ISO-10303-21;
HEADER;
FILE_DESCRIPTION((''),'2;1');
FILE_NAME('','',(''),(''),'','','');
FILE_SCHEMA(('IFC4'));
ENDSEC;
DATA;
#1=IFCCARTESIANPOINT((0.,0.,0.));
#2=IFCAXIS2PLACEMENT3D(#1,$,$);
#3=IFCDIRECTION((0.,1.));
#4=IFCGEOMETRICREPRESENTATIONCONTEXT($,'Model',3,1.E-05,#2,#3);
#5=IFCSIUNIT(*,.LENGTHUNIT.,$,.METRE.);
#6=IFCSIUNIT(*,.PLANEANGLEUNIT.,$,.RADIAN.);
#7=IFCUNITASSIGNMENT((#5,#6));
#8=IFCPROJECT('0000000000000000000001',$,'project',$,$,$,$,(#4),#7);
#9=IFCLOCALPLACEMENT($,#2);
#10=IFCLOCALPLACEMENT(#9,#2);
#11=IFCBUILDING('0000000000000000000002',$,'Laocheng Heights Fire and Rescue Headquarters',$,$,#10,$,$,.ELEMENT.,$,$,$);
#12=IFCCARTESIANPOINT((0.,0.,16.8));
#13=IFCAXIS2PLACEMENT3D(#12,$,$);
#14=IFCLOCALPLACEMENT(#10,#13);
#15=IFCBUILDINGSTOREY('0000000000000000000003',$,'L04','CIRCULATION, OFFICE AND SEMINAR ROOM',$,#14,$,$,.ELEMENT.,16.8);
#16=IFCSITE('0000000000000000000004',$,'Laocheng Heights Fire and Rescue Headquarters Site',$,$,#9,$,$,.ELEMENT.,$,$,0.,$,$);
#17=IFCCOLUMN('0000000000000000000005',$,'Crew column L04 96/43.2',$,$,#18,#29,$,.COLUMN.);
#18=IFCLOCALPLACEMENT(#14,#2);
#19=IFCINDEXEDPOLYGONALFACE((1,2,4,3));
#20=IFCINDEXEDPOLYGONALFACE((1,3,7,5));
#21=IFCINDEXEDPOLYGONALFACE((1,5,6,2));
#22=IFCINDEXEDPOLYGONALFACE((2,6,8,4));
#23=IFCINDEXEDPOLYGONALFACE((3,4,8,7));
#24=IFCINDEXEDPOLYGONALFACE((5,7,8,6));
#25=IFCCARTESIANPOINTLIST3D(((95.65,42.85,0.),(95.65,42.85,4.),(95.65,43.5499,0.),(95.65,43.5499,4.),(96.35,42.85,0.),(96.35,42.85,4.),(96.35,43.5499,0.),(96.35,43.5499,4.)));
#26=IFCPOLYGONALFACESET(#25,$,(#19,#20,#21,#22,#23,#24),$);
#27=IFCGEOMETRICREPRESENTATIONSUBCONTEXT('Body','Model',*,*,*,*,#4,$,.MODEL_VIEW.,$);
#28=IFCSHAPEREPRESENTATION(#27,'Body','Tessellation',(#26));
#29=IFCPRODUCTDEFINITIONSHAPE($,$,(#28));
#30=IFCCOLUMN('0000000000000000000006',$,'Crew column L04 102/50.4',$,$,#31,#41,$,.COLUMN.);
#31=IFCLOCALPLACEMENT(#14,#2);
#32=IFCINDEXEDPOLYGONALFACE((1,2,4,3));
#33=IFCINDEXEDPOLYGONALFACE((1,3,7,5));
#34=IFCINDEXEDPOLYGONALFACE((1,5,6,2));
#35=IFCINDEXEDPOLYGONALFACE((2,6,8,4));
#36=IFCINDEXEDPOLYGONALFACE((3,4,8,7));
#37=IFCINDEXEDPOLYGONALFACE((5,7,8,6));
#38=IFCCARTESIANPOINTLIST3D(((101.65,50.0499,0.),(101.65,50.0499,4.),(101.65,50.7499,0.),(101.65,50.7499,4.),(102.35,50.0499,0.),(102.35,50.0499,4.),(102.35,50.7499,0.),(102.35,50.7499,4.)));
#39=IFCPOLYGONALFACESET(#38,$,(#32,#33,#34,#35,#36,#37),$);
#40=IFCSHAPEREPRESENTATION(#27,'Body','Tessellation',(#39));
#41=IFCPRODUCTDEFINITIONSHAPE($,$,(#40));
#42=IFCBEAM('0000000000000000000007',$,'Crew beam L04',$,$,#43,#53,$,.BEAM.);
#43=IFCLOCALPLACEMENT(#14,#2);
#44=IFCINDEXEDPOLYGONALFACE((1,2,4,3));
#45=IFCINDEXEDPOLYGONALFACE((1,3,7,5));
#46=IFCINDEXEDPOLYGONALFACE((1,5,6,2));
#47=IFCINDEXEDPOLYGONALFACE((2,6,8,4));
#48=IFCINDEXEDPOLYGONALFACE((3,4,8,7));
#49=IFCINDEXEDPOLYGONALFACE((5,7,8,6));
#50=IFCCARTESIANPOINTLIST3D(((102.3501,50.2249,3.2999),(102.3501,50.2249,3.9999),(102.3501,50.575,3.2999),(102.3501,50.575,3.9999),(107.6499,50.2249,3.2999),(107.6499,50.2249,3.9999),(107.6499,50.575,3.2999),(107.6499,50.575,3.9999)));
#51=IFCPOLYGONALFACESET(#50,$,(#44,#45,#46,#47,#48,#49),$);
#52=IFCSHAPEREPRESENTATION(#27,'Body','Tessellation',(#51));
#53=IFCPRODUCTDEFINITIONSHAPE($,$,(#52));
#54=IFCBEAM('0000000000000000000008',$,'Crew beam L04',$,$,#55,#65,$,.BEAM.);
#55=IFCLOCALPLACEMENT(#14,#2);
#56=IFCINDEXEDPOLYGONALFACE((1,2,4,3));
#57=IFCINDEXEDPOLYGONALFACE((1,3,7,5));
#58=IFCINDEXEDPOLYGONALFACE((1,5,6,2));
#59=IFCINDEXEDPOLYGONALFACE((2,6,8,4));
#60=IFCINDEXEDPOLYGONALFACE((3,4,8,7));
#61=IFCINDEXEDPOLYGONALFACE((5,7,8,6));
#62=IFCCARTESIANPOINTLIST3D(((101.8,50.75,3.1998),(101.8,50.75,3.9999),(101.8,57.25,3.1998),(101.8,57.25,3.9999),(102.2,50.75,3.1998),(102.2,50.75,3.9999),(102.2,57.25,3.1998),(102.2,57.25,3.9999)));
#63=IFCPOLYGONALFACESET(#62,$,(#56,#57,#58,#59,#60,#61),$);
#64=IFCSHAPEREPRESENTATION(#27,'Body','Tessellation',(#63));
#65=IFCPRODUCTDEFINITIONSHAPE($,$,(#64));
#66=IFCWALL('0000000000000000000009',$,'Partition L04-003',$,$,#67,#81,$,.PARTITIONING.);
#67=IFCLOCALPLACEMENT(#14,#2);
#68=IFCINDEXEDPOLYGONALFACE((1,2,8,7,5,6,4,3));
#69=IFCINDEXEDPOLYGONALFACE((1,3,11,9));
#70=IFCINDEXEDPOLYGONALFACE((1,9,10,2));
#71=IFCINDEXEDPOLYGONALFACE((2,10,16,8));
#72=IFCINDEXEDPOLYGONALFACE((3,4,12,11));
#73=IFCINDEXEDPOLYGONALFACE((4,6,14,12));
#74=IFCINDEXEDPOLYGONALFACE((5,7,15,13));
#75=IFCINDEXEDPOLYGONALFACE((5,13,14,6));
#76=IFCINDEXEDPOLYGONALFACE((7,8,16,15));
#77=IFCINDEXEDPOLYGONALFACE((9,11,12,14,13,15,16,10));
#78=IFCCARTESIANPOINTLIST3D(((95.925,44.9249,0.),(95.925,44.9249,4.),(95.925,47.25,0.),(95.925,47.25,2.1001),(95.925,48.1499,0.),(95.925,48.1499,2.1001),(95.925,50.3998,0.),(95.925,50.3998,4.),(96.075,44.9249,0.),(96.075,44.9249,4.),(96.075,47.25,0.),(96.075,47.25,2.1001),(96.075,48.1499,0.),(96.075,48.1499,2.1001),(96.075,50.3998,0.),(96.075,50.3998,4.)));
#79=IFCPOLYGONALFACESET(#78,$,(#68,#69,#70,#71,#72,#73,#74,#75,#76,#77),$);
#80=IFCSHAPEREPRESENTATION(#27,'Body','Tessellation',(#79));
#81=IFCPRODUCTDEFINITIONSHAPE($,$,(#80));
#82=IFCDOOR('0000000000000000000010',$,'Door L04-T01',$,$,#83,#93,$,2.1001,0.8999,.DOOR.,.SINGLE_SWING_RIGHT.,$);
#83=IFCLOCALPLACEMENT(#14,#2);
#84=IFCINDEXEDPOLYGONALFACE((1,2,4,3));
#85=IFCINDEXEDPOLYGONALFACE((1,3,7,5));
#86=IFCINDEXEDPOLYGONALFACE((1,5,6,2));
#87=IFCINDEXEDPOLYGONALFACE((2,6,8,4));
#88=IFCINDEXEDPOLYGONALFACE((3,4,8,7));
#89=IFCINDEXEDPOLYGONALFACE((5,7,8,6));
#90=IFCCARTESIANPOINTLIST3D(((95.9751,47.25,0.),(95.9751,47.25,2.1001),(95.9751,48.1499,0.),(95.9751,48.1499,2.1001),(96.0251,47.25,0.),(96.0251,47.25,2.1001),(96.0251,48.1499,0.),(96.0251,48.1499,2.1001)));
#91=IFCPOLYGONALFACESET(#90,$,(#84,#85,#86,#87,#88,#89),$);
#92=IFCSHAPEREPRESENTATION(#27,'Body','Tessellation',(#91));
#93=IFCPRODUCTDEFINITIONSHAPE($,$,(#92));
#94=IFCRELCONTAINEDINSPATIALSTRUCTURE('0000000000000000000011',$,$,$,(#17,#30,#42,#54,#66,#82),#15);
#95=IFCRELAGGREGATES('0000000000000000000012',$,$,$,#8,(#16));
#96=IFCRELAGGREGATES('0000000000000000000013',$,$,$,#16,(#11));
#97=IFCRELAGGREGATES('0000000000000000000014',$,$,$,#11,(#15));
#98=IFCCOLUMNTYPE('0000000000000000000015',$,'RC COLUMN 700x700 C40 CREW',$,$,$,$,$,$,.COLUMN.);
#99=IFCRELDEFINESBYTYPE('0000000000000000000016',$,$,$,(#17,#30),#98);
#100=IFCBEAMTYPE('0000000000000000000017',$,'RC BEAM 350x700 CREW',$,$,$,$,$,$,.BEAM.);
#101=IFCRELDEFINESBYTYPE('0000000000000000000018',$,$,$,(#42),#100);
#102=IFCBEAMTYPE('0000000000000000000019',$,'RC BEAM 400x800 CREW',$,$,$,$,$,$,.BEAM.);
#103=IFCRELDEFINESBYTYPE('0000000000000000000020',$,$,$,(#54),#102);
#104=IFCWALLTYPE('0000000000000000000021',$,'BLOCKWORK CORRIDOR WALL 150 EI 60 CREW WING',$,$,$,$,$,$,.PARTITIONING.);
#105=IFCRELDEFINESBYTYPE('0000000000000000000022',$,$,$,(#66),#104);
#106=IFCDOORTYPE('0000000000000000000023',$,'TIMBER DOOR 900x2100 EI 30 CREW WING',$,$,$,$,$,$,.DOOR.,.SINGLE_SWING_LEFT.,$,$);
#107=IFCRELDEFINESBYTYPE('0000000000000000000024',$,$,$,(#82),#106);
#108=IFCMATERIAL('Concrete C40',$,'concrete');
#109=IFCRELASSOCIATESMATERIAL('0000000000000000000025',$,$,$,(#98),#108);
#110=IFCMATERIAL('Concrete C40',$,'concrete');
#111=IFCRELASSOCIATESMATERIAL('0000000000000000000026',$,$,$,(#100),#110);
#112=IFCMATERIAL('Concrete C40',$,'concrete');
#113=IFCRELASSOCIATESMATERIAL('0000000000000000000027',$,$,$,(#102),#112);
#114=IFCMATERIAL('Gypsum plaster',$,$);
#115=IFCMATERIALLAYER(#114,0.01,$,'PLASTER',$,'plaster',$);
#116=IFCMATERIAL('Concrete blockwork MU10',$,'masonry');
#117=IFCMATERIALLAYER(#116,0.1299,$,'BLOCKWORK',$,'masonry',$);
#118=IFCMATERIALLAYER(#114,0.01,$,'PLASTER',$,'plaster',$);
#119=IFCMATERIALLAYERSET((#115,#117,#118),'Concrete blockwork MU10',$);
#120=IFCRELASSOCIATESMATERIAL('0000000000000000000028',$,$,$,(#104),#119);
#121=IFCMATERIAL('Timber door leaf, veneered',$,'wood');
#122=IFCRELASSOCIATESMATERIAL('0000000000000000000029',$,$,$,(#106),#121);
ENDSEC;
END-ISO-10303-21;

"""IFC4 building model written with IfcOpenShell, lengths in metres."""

from ifc_helpers import new_model, si_unit, direction, frame, frame_2d, origin, origin_2d, place, context, subcontext, project, spatial, rectangle, extrude, material, layer, layer_set, material_profile, profile_set, type_object, element, fill, save


model = new_model("IFC4")

# Units and contexts
model_context = context("Model", 3, precision=1e-05, world=origin(), true_north=direction((0.0, 1.0)))
body_context = subcontext(model_context, "Body", "Model", "MODEL_VIEW")
ifc_project = project(units=[si_unit("LENGTHUNIT", "METRE"), si_unit("PLANEANGLEUNIT", "RADIAN")], contexts=[model_context])

# Site, building, storey
site_placement = place(None, origin())
site = spatial("IfcSite", under=ifc_project, at=site_placement, Name="Laocheng Heights Fire and Rescue Headquarters Site", CompositionType="ELEMENT", RefElevation=0.0)
building_placement = place(site_placement, origin())
building = spatial("IfcBuilding", under=site, at=building_placement, Name="Laocheng Heights Fire and Rescue Headquarters", CompositionType="ELEMENT")
storey_placement = place(building_placement, frame((0.0, 0.0, 16.8)))
storey = spatial("IfcBuildingStorey", under=building, at=storey_placement, Name="L04", Description="CIRCULATION, OFFICE AND SEMINAR ROOM", CompositionType="ELEMENT", Elevation=16.8)

# Columns
ifc_material_1 = material(Name="Concrete C40", Category="concrete")
ifc_material_profile_1 = material_profile(ifc_material_1, rectangle(XDim=0.7, YDim=0.7, at=origin_2d()), Name="RC COLUMN 700x700 C40 CREW")
ifc_profile_set_1 = profile_set([ifc_material_profile_1], Name="Concrete C40")
column_type = type_object("IfcColumnType", Name="RC COLUMN 700x700 C40 CREW", PredefinedType="COLUMN", material=ifc_profile_set_1)
for number, where, z_axis, x_axis, name in (
    (1, (96.0, 43.2, 0.0), (0.0, 0.0, 1.0), (1.0, 0.0, 0.0), "Crew column L04 96/43.2"),
    (2, (102.0, 50.3999, 0.0), (0.0, 0.0, 1.0), (1.0, 0.0, 0.0), "Crew column L04 102/50.4"),
):
    element("IfcColumn", number, at=place(storey_placement, frame(where, z_axis=z_axis, x_axis=x_axis)), inside=storey, type_object=column_type, Name=name, PredefinedType="COLUMN", context=body_context, shape_type="SweptSolid", body=[
        extrude(rectangle(XDim=0.7, YDim=0.7, at=origin_2d()), origin(), (0.0, 0.0, 1.0), 4.0),
    ])

# Beams
ifc_material_2 = material(Name="Concrete C40", Category="concrete")
ifc_material_profile_2 = material_profile(ifc_material_2, rectangle(XDim=0.3501, YDim=0.7, at=origin_2d()), Name="RC BEAM 350x700 CREW")
ifc_profile_set_2 = profile_set([ifc_material_profile_2], Name="Concrete C40")
beam_type_1 = type_object("IfcBeamType", Name="RC BEAM 350x700 CREW", PredefinedType="BEAM", material=ifc_profile_set_2)
beam_1_placement = place(storey_placement, frame((102.3501, 50.3999, 3.6499), z_axis=(1.0, 0.0, 0.0), x_axis=(0.0, 1.0, 0.0)))
element("IfcBeam", 3, at=beam_1_placement, inside=storey, type_object=beam_type_1, Name="Crew beam L04", PredefinedType="BEAM", context=body_context, shape_type="SweptSolid", body=[
    extrude(rectangle(XDim=0.3501, YDim=0.7, at=origin_2d()), origin(), (0.0, 0.0, 1.0), 5.2998),
])
ifc_material_3 = material(Name="Concrete C40", Category="concrete")
ifc_material_profile_3 = material_profile(ifc_material_3, rectangle(XDim=0.3999, YDim=0.8, at=origin_2d()), Name="RC BEAM 400x800 CREW")
ifc_profile_set_3 = profile_set([ifc_material_profile_3], Name="Concrete C40")
beam_type_2 = type_object("IfcBeamType", Name="RC BEAM 400x800 CREW", PredefinedType="BEAM", material=ifc_profile_set_3)
beam_2_placement = place(storey_placement, frame((102.0, 50.75, 3.5999), z_axis=(0.0, 1.0, 0.0), x_axis=(-1.0, 0.0, 0.0)))
element("IfcBeam", 4, at=beam_2_placement, inside=storey, type_object=beam_type_2, Name="Crew beam L04", PredefinedType="BEAM", context=body_context, shape_type="SweptSolid", body=[
    extrude(rectangle(XDim=0.3999, YDim=0.8, at=origin_2d()), origin(), (0.0, 0.0, 1.0), 6.5),
])

# Wall, opening, door
ifc_material_4 = material(Name="Gypsum plaster")
ifc_layer_1 = layer(ifc_material_4, 0.01, Name="PLASTER", Category="plaster")
ifc_material_5 = material(Name="Concrete blockwork MU10", Category="masonry")
ifc_layer_2 = layer(ifc_material_5, 0.1299, Name="BLOCKWORK", Category="masonry")
ifc_layer_3 = layer(ifc_material_4, 0.01, Name="PLASTER", Category="plaster")
ifc_layer_set_1 = layer_set([ifc_layer_1, ifc_layer_2, ifc_layer_3], Name="Concrete blockwork MU10")
wall_type_1 = type_object("IfcWallType", Name="BLOCKWORK CORRIDOR WALL 150 EI 60 CREW WING", PredefinedType="PARTITIONING", material=ifc_layer_set_1)
wall_1_placement = place(storey_placement, frame((96.0, 44.925, 0.0), z_axis=(0.0, 0.0, 1.0), x_axis=(0.0, 1.0, 0.0)))
wall_1 = element("IfcWall", 5, at=wall_1_placement, inside=storey, type_object=wall_type_1, Name="Partition L04-003", PredefinedType="PARTITIONING", context=body_context, shape_type="SweptSolid", body=[
    extrude(rectangle(XDim=5.4749, YDim=0.1499, at=frame_2d((2.7373, 0.0))), origin(), (0.0, 0.0, 1.0), 4.0),
])
opening_1_placement = place(wall_1_placement, frame((2.325, 0.0, 0.0)))
opening_1 = element("IfcOpeningElement", 6, at=opening_1_placement, cuts=wall_1, PredefinedType="OPENING", context=body_context, shape_type="SweptSolid", body=[
    extrude(rectangle(XDim=0.8999, YDim=2.1001, at=frame_2d((0.45, 1.05))), frame((0.0, 0.085, 0.0), z_axis=(0.0, -1.0, 0.0), x_axis=(1.0, 0.0, 0.0)), (0.0, 0.0, 1.0), 0.1699),
])
ifc_material_6 = material(Name="Timber door leaf, veneered", Category="wood")
door_type_1 = type_object("IfcDoorType", Name="TIMBER DOOR 900x2100 EI 30 CREW WING", OperationType="SINGLE_SWING_LEFT", PredefinedType="DOOR", material=ifc_material_6)
door_1_placement = place(opening_1_placement, origin())
door_1 = element("IfcDoor", 7, at=door_1_placement, inside=storey, type_object=door_type_1, Name="Door L04-T01", OperationType="SINGLE_SWING_RIGHT", OverallHeight=2.1001, OverallWidth=0.8999, PredefinedType="DOOR", context=body_context, shape_type="SweptSolid", body=[
    extrude(rectangle(XDim=0.8999, YDim=2.1001, at=frame_2d((0.45, 1.05))), frame((0.0, 0.0249, 0.0), z_axis=(0.0, -1.0, 0.0), x_axis=(1.0, 0.0, 0.0)), (0.0, 0.0, 1.0), 0.05),
])
fill(opening_1, door_1)

save(model, "model.ifc")
